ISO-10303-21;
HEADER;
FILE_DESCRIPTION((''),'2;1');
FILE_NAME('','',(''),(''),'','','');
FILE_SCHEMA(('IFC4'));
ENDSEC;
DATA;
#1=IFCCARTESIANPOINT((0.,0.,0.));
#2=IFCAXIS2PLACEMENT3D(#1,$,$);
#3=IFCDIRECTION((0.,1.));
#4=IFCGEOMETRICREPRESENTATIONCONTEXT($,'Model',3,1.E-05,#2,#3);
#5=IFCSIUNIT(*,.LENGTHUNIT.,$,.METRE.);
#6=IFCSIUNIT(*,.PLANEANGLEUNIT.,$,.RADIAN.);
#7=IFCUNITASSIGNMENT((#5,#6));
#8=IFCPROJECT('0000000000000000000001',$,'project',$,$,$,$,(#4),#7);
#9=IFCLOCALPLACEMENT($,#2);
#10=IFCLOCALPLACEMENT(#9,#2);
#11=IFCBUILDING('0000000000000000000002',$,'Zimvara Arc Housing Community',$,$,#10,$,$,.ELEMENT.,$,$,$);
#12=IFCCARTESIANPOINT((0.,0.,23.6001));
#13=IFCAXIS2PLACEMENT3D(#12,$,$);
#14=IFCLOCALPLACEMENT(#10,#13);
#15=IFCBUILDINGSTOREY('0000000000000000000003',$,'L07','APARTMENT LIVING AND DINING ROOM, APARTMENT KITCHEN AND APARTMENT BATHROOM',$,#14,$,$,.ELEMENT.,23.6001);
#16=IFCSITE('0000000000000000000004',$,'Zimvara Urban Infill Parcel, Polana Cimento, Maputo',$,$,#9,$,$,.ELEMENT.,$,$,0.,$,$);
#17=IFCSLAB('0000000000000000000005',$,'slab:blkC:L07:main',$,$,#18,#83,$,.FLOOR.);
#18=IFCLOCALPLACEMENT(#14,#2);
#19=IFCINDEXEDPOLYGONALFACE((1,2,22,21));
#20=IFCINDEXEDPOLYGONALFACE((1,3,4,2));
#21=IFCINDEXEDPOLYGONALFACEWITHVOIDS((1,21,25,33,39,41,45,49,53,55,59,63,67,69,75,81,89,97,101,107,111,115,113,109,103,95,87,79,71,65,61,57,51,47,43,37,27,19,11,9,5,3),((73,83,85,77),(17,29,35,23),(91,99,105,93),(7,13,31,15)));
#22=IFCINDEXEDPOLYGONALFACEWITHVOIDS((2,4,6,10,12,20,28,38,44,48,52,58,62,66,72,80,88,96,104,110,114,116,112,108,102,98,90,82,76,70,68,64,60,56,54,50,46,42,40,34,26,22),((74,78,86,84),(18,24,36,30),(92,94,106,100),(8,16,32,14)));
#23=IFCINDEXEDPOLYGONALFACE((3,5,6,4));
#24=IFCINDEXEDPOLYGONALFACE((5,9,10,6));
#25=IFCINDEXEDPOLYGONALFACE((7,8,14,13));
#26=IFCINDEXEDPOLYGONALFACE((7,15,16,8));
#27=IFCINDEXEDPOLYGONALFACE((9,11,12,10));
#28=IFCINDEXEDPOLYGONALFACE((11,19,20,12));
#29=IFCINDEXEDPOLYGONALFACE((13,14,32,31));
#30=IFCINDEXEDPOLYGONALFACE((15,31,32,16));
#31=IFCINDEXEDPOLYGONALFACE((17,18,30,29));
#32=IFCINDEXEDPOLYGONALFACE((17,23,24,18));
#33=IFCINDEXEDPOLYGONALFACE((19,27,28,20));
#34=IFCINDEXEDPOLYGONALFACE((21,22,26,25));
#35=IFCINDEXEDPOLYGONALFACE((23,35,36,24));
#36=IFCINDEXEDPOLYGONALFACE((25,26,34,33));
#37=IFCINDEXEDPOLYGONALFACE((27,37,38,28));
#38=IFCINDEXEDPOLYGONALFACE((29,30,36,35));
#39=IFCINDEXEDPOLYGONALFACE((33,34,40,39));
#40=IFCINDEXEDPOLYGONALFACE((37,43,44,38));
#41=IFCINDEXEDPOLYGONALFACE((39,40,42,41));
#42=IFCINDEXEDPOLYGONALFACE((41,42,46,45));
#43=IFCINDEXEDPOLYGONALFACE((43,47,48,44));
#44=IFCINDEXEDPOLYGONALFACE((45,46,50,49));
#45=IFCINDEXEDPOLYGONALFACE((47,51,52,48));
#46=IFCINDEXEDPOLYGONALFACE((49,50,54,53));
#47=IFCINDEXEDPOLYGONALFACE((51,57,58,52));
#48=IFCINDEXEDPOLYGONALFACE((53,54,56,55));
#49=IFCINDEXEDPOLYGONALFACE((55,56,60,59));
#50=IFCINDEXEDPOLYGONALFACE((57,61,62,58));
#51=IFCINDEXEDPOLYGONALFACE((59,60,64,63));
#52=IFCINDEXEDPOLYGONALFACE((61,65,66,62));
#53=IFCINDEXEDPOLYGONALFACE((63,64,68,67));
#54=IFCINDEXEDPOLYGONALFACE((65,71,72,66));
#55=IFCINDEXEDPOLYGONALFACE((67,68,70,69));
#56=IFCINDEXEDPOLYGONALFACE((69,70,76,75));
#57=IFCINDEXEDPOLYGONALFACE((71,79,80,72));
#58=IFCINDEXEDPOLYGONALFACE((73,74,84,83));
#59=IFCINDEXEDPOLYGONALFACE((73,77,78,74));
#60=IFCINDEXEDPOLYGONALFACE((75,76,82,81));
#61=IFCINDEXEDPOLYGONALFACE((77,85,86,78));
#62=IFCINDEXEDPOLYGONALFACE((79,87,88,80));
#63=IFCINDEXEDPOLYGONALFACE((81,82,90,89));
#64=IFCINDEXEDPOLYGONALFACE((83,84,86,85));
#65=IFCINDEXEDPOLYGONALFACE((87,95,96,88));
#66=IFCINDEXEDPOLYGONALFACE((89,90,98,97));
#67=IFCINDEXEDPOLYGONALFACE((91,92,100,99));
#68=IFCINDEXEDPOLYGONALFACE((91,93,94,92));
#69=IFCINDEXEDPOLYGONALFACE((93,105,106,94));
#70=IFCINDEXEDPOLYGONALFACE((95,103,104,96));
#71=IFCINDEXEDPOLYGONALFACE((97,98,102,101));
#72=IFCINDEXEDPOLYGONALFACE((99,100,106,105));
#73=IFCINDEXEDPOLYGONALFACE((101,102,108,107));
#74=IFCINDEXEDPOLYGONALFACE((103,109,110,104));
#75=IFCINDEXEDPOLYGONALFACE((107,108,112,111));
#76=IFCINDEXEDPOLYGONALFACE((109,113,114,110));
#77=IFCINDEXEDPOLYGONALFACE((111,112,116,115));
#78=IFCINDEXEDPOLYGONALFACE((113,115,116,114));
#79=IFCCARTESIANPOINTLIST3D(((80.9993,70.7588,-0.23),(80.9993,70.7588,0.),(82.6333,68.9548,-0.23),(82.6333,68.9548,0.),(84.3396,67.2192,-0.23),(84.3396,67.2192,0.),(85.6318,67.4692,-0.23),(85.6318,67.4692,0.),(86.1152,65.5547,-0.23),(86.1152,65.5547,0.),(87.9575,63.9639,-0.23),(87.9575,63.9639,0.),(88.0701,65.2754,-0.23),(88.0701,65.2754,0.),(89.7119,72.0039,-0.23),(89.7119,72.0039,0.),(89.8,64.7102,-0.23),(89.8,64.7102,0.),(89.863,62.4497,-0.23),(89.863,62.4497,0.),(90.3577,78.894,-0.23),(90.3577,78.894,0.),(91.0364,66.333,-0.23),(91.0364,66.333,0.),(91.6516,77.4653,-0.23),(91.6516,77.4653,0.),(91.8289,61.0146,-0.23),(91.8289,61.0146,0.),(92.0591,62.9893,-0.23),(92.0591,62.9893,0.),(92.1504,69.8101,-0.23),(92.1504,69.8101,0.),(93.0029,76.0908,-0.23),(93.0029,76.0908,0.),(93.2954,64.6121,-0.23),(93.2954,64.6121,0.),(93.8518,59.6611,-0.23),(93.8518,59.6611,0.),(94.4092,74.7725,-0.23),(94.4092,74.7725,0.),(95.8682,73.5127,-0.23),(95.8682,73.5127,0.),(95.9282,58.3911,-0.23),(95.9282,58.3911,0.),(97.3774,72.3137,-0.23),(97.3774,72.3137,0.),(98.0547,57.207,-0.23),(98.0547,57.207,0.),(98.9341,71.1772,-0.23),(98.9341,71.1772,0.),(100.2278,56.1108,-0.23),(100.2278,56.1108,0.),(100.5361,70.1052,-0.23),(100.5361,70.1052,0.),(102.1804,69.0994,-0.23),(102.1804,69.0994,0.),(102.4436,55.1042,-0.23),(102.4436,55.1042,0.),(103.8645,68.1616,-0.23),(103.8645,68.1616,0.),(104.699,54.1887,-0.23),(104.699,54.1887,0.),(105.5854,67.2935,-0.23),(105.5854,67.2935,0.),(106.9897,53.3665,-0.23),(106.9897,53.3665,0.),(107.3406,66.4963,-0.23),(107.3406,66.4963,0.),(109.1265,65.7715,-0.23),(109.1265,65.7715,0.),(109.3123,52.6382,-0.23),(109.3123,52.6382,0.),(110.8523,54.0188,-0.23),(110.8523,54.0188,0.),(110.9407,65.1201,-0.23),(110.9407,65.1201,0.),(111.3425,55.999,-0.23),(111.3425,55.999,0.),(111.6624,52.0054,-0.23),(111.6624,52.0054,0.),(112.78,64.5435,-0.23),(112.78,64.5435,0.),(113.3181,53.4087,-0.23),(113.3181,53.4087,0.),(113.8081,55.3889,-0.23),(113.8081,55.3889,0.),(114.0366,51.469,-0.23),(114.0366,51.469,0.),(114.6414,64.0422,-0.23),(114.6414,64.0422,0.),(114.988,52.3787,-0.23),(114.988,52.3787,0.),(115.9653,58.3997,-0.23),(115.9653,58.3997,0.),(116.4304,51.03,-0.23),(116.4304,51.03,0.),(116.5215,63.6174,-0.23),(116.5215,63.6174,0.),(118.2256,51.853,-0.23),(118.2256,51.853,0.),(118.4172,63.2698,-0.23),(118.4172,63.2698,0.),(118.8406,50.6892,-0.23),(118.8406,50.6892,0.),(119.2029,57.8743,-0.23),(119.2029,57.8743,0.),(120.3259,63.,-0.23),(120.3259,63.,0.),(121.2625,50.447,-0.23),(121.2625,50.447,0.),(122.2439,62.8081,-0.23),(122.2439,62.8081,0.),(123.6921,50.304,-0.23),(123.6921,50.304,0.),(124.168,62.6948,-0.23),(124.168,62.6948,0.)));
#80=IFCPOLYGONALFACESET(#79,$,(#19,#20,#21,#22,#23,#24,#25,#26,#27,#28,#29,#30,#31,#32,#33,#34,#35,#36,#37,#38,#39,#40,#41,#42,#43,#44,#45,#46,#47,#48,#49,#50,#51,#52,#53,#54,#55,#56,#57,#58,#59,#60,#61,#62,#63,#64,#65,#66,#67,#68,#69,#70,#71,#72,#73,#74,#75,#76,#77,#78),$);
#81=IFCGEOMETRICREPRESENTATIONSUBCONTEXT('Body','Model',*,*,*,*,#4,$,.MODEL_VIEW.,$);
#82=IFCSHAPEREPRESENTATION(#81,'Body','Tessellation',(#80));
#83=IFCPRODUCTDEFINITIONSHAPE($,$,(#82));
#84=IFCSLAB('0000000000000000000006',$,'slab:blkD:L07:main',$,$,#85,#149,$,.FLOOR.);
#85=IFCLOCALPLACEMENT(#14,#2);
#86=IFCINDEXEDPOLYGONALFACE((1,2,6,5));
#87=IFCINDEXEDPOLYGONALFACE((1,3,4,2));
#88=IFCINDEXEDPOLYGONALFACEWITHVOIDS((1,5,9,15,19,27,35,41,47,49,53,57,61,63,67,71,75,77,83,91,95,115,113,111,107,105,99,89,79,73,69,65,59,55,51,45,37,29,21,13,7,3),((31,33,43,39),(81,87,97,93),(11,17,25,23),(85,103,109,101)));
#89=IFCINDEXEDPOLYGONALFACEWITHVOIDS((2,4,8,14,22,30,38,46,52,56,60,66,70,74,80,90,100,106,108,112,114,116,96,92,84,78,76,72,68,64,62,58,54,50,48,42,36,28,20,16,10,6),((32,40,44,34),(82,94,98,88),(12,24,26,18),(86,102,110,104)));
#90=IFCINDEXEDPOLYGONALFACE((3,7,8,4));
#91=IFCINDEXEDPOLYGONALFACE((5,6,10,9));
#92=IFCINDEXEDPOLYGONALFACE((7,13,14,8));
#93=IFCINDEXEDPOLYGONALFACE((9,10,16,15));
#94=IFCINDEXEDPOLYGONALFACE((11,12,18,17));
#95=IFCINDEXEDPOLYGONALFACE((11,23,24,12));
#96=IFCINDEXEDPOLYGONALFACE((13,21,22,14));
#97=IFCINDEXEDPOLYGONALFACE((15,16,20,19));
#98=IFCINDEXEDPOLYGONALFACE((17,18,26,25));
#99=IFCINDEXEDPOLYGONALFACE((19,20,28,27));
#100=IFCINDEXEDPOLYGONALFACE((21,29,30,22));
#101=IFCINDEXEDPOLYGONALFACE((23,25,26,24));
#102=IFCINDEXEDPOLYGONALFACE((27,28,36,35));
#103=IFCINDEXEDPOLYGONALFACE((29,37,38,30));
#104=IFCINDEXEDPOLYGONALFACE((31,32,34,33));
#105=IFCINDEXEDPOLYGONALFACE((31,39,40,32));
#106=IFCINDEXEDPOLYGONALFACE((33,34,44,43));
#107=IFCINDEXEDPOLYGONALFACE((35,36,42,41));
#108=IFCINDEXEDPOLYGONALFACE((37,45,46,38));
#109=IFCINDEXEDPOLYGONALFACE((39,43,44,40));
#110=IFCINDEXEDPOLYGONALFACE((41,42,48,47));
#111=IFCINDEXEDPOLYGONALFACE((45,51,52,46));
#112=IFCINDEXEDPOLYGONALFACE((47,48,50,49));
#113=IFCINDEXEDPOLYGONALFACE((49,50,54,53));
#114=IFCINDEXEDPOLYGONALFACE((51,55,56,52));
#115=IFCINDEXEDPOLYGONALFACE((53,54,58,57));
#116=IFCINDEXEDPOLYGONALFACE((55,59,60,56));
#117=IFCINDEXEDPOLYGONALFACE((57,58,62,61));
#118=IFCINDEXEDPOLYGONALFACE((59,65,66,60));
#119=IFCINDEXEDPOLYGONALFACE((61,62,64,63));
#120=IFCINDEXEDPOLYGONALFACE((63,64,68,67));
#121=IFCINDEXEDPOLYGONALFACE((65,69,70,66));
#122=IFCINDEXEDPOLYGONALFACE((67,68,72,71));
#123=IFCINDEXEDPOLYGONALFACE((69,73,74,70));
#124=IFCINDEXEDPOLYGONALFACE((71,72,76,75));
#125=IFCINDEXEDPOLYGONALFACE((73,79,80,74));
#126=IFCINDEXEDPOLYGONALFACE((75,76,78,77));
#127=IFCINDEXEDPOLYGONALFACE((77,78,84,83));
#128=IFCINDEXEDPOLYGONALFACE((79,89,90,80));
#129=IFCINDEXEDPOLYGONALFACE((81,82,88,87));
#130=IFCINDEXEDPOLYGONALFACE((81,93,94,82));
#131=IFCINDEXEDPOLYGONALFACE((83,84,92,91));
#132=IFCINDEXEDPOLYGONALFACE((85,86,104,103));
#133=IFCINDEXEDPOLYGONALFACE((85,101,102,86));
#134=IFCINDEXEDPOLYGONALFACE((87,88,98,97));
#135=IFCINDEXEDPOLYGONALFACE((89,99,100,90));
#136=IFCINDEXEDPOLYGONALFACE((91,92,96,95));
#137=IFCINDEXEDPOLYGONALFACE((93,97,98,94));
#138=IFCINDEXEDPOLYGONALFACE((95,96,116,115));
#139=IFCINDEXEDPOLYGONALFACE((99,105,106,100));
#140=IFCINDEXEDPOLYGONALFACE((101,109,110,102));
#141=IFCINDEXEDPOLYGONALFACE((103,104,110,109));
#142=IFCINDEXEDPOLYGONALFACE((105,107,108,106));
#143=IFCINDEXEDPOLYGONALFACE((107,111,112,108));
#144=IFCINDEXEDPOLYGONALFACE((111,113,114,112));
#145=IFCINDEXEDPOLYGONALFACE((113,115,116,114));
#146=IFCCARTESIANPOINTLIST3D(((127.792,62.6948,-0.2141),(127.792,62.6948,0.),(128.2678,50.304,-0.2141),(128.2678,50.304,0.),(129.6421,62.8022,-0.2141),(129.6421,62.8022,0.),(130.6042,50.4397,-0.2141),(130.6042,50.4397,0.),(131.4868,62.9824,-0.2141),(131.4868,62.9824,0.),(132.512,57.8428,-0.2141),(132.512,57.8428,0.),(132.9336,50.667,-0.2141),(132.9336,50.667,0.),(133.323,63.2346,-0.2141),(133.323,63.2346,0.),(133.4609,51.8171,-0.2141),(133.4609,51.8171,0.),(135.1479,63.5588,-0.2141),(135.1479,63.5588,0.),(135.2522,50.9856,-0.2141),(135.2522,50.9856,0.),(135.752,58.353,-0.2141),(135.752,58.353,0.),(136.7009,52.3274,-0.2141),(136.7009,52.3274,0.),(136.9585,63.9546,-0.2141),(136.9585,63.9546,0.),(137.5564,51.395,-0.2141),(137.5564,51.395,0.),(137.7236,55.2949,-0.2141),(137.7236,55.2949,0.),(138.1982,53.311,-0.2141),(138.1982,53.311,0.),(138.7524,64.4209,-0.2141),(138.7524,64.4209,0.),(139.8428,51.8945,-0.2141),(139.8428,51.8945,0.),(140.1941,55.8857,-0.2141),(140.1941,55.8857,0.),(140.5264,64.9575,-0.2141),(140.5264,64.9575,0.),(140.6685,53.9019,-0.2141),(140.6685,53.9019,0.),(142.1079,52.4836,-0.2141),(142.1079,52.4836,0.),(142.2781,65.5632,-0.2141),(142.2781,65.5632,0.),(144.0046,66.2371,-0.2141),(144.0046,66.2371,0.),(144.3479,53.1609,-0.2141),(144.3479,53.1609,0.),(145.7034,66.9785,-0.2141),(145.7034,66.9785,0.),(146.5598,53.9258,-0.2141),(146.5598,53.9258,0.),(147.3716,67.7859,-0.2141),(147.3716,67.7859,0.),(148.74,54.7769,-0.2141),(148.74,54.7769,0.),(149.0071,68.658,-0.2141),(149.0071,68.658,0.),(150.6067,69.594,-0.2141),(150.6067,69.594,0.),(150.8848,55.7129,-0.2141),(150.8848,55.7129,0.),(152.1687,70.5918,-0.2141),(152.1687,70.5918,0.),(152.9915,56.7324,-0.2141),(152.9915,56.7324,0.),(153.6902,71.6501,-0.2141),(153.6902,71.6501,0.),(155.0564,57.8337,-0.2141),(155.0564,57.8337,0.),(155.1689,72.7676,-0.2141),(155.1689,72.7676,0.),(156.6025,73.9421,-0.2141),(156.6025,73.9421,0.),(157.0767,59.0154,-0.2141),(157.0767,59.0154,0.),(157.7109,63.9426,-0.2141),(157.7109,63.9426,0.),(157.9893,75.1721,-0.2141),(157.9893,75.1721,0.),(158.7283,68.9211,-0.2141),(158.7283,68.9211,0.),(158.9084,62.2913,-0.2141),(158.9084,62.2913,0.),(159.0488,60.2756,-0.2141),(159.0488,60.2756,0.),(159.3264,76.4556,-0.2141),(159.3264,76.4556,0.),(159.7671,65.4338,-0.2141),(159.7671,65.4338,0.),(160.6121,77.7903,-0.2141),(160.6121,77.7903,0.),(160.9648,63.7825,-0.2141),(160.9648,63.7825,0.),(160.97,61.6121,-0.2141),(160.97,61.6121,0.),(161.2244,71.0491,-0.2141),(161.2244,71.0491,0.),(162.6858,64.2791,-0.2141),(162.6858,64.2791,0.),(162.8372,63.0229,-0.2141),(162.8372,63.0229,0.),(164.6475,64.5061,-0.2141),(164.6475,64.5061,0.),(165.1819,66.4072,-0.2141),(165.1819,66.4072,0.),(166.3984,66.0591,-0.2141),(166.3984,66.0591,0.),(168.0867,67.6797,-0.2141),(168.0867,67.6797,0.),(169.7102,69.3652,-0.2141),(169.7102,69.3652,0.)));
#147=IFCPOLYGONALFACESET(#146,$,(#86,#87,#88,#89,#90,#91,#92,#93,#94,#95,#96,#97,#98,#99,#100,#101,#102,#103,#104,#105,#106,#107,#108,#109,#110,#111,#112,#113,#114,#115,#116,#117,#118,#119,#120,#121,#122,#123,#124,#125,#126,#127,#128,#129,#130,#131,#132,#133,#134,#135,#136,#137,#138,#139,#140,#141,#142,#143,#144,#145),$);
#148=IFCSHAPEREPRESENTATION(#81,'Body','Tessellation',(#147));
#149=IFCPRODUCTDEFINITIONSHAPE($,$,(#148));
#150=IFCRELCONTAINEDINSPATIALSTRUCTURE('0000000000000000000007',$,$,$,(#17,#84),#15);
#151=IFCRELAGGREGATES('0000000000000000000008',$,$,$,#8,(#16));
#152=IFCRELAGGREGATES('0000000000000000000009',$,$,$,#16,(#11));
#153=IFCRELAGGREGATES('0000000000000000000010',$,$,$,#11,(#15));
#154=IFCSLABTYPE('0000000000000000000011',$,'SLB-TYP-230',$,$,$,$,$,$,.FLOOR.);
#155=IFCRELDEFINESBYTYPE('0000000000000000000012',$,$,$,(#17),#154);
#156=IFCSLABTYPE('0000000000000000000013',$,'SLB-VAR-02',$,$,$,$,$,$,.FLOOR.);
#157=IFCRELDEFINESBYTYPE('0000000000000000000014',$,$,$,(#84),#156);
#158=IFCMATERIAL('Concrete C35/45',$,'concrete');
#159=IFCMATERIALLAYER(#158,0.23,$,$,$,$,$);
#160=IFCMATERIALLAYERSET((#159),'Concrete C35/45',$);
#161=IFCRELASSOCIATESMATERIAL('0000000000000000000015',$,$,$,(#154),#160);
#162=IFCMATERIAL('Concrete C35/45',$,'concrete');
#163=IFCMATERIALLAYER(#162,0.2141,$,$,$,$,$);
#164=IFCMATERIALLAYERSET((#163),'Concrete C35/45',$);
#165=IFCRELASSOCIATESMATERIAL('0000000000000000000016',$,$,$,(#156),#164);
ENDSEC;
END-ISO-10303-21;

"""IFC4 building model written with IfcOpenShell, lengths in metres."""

from ifc_helpers import new_model, si_unit, direction, frame, origin, place, context, subcontext, project, spatial, polyline, outline, extrude, material, layer, layer_set, type_object, element, save


model = new_model("IFC4")

# Units and contexts
model_context = context("Model", 3, precision=1e-05, world=origin(), true_north=direction((0.0, 1.0)))
body_context = subcontext(model_context, "Body", "Model", "MODEL_VIEW")
ifc_project = project(units=[si_unit("LENGTHUNIT", "METRE"), si_unit("PLANEANGLEUNIT", "RADIAN")], contexts=[model_context])

# Site, building, storey
site_placement = place(None, origin())
site = spatial("IfcSite", under=ifc_project, at=site_placement, Name="Zimvara Urban Infill Parcel, Polana Cimento, Maputo", CompositionType="ELEMENT", RefElevation=0.0)
building_placement = place(site_placement, origin())
building = spatial("IfcBuilding", under=site, at=building_placement, Name="Zimvara Arc Housing Community", CompositionType="ELEMENT")
storey_placement = place(building_placement, frame((0.0, 0.0, 23.6001)))
storey = spatial("IfcBuildingStorey", under=building, at=storey_placement, Name="L07", Description="APARTMENT LIVING AND DINING ROOM, APARTMENT KITCHEN AND APARTMENT BATHROOM", CompositionType="ELEMENT", Elevation=23.6001)

# Slabs
ifc_material_1 = material(Name="Concrete C35/45", Category="concrete")
ifc_layer_1 = layer(ifc_material_1, 0.23)
ifc_layer_set_1 = layer_set([ifc_layer_1], Name="Concrete C35/45")
slab_type_1 = type_object("IfcSlabType", Name="SLB-TYP-230", PredefinedType="FLOOR", material=ifc_layer_set_1)
slab_1_placement = place(storey_placement, frame((0.0, 0.0, -0.23)))
element("IfcSlab", 1, at=slab_1_placement, inside=storey, type_object=slab_type_1, Name="slab:blkC:L07:main", PredefinedType="FLOOR", context=body_context, shape_type="SweptSolid", body=[
    extrude(outline(polyline([(80.9993, 70.7588), (82.6333, 68.9548), (84.3396, 67.2192), (86.1152, 65.5547), (87.9575, 63.9639), (89.863, 62.4497), (91.8289, 61.0146), (93.8518, 59.6611), (95.9282, 58.3911), (98.0547, 57.207), (100.2278, 56.1108), (102.4436, 55.1042), (104.699, 54.1887), (106.9897, 53.3665), (109.3123, 52.6382), (111.6624, 52.0054), (114.0366, 51.469), (116.4304, 51.03), (118.8406, 50.6892), (121.2625, 50.447), (123.6921, 50.304), (124.168, 62.6948), (122.2439, 62.8081), (120.3259, 63.0), (118.4172, 63.2698), (116.5215, 63.6174), (114.6414, 64.0422), (112.78, 64.5435), (110.9407, 65.1201), (109.1265, 65.7715), (107.3406, 66.4963), (105.5854, 67.2935), (103.8645, 68.1616), (102.1804, 69.0994), (100.5361, 70.1052), (98.9341, 71.1772), (97.3774, 72.3137), (95.8682, 73.5127), (94.4092, 74.7725), (93.0029, 76.0908), (91.6516, 77.4653), (90.3577, 78.894), (80.9993, 70.7588)]), holes=[polyline([(92.1504, 69.8101), (88.0701, 65.2754), (85.6318, 67.4692), (89.7119, 72.0039), (92.1504, 69.8101)]), polyline([(119.2029, 57.8743), (118.2256, 51.853), (114.988, 52.3787), (115.9653, 58.3997), (119.2029, 57.8743)]), polyline([(93.2954, 64.6121), (92.0591, 62.9893), (89.8, 64.7102), (91.0364, 66.333), (93.2954, 64.6121)]), polyline([(113.8081, 55.3889), (113.3181, 53.4087), (110.8523, 54.0188), (111.3425, 55.999), (113.8081, 55.3889)])]), origin(), (0.0, 0.0, 1.0), 0.23),
])
ifc_material_2 = material(Name="Concrete C35/45", Category="concrete")
ifc_layer_2 = layer(ifc_material_2, 0.2141)
ifc_layer_set_2 = layer_set([ifc_layer_2], Name="Concrete C35/45")
slab_type_2 = type_object("IfcSlabType", Name="SLB-VAR-02", PredefinedType="FLOOR", material=ifc_layer_set_2)
slab_2_placement = place(storey_placement, frame((0.0, 0.0, -0.2141)))
element("IfcSlab", 2, at=slab_2_placement, inside=storey, type_object=slab_type_2, Name="slab:blkD:L07:main", PredefinedType="FLOOR", context=body_context, shape_type="SweptSolid", body=[
    extrude(outline(polyline([(128.2678, 50.304), (130.6042, 50.4397), (132.9336, 50.667), (135.2522, 50.9856), (137.5564, 51.395), (139.8428, 51.8945), (142.1079, 52.4836), (144.3479, 53.1609), (146.5598, 53.9258), (148.74, 54.7769), (150.8848, 55.7129), (152.9915, 56.7324), (155.0564, 57.8337), (157.0767, 59.0154), (159.0488, 60.2756), (160.97, 61.6121), (162.8372, 63.0229), (164.6475, 64.5061), (166.3984, 66.0591), (168.0867, 67.6797), (169.7102, 69.3652), (160.6121, 77.7903), (159.3264, 76.4556), (157.9893, 75.1721), (156.6025, 73.9421), (155.1689, 72.7676), (153.6902, 71.6501), (152.1687, 70.5918), (150.6067, 69.594), (149.0071, 68.658), (147.3716, 67.7859), (145.7034, 66.9785), (144.0046, 66.2371), (142.2781, 65.5632), (140.5264, 64.9575), (138.7524, 64.4209), (136.9585, 63.9546), (135.1479, 63.5588), (133.323, 63.2346), (131.4868, 62.9824), (129.6421, 62.8022), (127.792, 62.6948), (128.2678, 50.304)]), holes=[polyline([(135.752, 58.353), (136.7009, 52.3274), (133.4609, 51.8171), (132.512, 57.8428), (135.752, 58.353)]), polyline([(161.2244, 71.0491), (165.1819, 66.4072), (162.6858, 64.2791), (158.7283, 68.9211), (161.2244, 71.0491)]), polyline([(140.1941, 55.8857), (140.6685, 53.9019), (138.1982, 53.311), (137.7236, 55.2949), (140.1941, 55.8857)]), polyline([(159.7671, 65.4338), (160.9648, 63.7825), (158.9084, 62.2913), (157.7109, 63.9426), (159.7671, 65.4338)])]), origin(), (0.0, 0.0, 1.0), 0.2141),
])

save(model, "model.ifc")
